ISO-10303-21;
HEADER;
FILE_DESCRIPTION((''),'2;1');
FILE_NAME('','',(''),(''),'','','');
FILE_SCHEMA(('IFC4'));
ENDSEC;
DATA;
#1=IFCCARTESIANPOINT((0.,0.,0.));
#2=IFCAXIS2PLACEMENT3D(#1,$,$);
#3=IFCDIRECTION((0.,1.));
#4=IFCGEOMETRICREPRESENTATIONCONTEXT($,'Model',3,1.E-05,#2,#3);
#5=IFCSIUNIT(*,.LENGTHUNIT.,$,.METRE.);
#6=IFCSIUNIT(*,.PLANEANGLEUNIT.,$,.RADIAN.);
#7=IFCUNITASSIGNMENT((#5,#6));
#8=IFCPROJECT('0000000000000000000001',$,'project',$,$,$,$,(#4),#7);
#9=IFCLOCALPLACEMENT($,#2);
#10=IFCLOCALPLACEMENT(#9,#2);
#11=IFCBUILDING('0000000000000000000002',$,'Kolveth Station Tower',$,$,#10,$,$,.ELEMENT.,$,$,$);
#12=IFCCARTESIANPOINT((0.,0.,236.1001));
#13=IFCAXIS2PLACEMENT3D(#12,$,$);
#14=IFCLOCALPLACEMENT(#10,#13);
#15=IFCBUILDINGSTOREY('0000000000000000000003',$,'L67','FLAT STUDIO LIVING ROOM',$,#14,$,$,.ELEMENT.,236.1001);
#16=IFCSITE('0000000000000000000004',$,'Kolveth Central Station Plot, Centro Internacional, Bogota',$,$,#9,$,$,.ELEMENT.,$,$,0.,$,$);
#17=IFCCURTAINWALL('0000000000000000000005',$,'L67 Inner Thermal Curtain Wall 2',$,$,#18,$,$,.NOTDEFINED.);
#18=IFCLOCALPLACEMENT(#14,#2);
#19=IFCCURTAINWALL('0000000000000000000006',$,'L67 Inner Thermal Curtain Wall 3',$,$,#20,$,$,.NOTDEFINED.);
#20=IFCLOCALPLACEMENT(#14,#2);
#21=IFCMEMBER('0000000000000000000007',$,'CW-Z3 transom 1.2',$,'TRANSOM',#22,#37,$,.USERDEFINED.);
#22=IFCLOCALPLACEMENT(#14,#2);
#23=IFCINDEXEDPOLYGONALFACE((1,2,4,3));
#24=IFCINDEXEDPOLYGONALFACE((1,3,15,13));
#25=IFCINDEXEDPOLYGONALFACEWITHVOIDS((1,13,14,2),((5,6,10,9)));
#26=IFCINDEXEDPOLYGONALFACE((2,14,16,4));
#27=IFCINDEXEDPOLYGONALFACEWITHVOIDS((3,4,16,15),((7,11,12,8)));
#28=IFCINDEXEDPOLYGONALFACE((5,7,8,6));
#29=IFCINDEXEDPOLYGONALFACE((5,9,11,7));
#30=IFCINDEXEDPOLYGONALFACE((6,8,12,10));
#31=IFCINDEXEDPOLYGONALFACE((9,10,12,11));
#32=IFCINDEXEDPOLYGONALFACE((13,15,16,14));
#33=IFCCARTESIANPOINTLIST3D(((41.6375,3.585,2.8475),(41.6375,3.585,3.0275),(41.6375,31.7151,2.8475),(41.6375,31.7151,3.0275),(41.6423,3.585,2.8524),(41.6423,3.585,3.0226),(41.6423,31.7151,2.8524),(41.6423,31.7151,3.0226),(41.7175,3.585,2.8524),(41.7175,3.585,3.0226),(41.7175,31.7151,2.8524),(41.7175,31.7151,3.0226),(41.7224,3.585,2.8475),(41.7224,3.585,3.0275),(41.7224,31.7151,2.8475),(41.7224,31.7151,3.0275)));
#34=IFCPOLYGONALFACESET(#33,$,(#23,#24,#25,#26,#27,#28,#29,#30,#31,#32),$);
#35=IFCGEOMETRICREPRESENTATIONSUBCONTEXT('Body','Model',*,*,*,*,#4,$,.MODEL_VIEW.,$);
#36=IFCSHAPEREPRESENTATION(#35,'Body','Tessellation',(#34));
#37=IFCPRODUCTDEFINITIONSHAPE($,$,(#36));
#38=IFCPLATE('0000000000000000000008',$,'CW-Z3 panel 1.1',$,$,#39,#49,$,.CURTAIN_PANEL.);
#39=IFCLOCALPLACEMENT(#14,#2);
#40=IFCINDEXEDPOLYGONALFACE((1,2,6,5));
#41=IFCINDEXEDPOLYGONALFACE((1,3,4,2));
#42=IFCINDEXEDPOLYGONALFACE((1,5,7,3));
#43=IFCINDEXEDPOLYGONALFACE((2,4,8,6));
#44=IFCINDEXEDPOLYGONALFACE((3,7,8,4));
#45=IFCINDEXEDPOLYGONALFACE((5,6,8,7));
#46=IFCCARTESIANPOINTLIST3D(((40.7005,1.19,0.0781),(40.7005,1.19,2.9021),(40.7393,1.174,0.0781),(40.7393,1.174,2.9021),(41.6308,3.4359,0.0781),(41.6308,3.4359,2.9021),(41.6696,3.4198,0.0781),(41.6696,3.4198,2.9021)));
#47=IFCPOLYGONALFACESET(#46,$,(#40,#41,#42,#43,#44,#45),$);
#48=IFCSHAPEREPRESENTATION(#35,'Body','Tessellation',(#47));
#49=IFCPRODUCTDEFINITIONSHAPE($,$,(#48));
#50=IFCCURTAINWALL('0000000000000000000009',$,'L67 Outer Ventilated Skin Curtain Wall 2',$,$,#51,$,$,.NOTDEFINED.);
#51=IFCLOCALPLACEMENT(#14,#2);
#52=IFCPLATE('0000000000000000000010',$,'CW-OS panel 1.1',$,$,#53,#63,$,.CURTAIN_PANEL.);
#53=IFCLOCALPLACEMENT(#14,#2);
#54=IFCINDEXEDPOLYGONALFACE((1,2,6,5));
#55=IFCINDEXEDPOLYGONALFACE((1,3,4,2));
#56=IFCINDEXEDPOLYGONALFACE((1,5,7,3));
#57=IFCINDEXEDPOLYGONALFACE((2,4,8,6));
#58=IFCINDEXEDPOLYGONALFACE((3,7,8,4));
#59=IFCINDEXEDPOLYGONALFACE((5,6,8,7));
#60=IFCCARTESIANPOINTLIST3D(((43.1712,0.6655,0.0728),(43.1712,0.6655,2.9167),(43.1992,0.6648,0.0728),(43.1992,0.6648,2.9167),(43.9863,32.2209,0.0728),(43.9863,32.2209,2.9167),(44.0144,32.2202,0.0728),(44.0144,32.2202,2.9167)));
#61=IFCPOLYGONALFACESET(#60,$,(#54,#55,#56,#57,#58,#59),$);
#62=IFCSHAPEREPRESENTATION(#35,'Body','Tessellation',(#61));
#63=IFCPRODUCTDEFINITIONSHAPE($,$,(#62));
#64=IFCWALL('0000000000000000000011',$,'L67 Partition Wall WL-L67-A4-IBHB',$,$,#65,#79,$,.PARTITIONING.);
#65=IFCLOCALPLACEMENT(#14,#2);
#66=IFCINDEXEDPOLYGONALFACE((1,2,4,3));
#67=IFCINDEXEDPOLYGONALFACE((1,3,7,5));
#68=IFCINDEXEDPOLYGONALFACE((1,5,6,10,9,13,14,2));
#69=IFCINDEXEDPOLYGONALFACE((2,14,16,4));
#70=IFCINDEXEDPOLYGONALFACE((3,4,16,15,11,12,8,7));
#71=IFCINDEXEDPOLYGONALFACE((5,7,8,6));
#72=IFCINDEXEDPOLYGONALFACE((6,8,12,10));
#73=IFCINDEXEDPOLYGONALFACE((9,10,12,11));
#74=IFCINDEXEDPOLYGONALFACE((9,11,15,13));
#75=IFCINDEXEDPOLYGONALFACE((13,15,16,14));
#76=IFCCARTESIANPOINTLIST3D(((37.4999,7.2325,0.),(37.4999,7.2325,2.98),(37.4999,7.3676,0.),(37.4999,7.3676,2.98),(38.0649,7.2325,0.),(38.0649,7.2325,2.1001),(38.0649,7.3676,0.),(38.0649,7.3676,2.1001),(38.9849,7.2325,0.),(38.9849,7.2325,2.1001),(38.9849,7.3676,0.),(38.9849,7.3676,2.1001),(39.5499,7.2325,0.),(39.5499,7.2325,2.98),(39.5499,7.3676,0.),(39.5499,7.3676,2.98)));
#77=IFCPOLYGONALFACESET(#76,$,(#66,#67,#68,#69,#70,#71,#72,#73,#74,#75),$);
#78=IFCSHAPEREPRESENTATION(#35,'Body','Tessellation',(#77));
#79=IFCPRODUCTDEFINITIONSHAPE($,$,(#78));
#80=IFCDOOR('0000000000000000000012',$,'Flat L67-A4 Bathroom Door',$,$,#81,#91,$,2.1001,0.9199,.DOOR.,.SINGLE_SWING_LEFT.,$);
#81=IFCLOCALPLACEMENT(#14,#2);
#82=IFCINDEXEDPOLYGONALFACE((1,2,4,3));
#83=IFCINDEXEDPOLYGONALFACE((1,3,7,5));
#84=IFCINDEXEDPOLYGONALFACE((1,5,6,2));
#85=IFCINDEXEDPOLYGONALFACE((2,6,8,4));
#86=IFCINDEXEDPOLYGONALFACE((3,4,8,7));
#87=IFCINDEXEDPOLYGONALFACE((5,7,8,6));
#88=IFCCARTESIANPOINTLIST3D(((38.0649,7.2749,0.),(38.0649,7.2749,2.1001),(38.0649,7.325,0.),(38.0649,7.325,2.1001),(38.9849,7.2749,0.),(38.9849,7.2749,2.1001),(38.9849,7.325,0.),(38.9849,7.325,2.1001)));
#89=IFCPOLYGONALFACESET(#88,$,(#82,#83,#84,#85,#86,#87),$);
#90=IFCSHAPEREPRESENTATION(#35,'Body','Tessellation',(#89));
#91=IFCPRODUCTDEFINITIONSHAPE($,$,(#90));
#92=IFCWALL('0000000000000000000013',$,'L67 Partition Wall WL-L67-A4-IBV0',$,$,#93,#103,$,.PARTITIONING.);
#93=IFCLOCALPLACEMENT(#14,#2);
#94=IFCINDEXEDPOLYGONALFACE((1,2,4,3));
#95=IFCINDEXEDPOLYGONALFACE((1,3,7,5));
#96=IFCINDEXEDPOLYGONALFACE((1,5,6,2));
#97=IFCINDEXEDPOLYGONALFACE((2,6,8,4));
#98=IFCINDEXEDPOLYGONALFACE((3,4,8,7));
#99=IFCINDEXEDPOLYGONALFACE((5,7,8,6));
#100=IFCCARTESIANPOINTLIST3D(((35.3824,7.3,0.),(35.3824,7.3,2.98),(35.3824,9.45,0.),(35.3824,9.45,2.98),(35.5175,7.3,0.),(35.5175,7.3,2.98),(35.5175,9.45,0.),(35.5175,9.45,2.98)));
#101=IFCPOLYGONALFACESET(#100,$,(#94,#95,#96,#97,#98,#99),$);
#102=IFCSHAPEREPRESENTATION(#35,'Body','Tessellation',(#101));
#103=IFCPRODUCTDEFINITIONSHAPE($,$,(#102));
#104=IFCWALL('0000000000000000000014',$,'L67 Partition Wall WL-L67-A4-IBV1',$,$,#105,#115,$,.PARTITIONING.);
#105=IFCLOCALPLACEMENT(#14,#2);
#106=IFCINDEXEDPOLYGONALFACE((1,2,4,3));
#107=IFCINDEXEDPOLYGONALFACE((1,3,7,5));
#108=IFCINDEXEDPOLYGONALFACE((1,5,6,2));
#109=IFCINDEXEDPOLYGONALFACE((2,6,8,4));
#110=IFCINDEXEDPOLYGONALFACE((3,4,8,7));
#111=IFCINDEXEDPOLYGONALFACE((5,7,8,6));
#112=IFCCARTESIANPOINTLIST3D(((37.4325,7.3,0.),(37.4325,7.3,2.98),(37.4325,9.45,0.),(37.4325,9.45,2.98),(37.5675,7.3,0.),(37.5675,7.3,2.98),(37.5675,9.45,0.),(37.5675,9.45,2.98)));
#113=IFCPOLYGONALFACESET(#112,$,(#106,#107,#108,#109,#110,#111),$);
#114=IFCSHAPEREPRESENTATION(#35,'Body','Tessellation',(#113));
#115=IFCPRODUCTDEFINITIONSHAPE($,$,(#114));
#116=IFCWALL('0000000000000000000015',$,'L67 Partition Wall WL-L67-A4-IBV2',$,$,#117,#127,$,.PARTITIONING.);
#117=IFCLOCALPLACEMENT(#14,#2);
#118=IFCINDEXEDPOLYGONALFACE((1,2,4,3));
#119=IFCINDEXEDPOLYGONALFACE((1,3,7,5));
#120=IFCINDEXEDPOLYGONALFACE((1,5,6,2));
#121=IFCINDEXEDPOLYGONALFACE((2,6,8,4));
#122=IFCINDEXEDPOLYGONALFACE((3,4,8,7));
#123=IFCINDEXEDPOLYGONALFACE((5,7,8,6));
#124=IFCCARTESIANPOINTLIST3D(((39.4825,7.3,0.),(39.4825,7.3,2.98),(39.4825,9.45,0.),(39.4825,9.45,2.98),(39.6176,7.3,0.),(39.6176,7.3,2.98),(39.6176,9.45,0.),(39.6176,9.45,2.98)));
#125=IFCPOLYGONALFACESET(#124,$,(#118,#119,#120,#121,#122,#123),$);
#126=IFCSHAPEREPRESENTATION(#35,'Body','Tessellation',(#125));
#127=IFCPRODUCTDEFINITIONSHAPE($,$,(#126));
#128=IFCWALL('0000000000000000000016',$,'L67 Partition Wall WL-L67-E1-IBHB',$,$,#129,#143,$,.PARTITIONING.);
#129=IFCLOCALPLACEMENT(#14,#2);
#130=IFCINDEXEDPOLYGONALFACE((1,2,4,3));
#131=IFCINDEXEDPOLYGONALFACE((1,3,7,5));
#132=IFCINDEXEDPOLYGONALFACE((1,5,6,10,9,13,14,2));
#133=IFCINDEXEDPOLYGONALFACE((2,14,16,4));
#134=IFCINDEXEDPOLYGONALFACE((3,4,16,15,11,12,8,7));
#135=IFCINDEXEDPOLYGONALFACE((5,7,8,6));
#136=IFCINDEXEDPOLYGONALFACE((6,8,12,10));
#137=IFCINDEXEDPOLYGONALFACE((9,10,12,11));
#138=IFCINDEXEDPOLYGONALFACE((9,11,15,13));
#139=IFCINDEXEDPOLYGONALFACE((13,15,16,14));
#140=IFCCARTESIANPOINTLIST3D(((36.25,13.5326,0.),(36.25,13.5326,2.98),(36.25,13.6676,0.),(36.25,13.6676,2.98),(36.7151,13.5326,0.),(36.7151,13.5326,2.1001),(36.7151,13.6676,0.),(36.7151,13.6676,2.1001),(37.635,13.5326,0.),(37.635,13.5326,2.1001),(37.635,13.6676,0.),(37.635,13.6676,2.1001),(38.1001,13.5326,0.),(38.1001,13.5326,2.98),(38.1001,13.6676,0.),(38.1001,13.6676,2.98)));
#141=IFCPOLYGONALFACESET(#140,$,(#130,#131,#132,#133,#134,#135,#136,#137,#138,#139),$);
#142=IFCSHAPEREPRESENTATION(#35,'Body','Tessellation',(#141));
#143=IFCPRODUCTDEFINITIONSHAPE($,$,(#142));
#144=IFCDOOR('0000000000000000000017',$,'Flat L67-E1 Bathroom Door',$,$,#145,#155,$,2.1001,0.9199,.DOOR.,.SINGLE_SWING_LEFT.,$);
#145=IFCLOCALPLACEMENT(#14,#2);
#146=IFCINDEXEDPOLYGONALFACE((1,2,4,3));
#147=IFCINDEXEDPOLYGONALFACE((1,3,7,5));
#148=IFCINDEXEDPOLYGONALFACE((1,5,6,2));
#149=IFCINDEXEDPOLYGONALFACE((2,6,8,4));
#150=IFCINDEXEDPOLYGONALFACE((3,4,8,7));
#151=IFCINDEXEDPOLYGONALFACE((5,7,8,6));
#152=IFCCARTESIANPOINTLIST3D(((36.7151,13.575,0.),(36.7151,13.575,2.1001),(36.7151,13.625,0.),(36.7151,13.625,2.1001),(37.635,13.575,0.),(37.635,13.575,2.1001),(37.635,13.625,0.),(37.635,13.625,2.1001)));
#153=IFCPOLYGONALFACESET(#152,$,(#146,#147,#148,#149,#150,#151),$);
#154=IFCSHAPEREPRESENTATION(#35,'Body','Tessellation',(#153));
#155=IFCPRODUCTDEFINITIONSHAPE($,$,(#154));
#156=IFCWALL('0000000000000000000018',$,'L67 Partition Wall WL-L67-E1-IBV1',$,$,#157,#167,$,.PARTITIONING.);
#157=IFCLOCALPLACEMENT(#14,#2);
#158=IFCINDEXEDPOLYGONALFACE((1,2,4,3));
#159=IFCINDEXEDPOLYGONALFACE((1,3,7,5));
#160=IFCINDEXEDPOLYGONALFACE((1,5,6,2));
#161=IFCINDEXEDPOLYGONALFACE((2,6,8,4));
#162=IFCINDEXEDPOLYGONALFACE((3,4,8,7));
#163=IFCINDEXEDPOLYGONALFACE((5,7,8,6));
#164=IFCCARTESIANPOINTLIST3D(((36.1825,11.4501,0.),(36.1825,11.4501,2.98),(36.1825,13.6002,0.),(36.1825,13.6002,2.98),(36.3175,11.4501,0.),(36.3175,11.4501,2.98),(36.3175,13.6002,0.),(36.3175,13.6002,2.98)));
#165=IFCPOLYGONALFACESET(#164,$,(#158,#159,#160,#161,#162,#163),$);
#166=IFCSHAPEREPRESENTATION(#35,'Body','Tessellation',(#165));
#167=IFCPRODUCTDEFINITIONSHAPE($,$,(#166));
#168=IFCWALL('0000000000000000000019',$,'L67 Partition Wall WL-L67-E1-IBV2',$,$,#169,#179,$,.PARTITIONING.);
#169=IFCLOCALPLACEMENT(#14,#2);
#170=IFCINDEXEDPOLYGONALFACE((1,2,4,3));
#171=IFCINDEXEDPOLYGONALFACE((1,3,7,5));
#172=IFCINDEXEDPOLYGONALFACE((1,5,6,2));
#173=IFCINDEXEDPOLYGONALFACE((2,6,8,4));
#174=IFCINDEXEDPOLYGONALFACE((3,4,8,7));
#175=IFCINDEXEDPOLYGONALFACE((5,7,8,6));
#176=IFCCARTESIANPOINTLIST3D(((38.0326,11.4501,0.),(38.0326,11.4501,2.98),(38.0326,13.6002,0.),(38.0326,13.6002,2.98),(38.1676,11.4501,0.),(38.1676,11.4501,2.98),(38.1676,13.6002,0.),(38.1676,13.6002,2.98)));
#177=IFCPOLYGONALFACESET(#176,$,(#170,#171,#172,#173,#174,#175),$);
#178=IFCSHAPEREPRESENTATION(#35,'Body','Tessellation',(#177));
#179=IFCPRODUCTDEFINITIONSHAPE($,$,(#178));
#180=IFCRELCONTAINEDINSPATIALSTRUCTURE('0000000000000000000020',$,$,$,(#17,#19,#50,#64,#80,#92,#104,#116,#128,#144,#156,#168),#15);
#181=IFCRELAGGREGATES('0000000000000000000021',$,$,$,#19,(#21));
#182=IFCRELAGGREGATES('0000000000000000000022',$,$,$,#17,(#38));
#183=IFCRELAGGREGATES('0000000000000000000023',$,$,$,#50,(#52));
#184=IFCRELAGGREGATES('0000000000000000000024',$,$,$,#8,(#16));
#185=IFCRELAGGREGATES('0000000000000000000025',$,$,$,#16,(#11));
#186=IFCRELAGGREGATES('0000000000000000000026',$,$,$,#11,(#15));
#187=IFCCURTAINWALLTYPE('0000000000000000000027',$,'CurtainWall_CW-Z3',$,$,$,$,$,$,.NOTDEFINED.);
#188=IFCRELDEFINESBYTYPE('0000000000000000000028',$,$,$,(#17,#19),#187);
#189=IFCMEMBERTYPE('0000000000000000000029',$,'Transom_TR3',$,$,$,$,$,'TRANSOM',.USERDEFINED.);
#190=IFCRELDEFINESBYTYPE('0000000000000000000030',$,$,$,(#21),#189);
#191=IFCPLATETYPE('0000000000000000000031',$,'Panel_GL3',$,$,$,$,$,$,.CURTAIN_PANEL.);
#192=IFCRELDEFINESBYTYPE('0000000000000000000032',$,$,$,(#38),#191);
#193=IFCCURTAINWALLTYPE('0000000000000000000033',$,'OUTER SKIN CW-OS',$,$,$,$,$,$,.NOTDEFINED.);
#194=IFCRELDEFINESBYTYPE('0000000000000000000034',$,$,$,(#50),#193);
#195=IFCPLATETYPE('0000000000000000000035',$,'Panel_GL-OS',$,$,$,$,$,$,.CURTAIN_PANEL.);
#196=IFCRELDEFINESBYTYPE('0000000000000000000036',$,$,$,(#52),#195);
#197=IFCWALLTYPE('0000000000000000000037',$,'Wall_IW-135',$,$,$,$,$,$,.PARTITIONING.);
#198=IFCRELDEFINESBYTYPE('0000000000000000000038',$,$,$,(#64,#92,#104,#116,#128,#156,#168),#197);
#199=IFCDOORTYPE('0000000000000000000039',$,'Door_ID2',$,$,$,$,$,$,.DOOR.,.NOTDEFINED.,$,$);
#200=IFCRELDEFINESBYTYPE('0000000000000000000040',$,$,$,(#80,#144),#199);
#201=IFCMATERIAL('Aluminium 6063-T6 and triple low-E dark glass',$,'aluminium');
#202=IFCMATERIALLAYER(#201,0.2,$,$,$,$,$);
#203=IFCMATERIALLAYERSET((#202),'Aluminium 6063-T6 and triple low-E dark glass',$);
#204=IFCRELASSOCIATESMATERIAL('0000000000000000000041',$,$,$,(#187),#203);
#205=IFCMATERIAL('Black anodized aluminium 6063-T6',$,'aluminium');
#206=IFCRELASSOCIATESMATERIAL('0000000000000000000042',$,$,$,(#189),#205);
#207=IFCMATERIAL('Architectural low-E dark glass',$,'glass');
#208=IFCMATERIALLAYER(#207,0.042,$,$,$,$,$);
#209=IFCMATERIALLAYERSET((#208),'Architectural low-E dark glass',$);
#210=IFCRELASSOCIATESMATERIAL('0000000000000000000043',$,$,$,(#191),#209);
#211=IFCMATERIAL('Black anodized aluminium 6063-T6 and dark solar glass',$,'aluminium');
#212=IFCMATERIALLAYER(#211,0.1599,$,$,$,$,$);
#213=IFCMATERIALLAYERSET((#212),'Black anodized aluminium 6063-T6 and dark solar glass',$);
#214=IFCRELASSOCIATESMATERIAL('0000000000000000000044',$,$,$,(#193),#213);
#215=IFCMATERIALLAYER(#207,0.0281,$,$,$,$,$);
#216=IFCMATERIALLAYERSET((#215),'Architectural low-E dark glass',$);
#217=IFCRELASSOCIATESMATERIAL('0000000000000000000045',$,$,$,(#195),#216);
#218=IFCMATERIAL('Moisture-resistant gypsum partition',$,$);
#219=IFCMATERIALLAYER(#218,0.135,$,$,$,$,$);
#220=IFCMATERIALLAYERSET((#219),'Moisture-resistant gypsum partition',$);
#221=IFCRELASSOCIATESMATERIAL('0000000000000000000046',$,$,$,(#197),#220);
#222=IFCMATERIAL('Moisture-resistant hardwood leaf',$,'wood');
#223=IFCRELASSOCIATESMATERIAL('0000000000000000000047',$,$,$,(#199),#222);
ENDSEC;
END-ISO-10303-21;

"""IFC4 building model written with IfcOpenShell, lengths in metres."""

from ifc_helpers import new_model, si_unit, direction, frame, frame_2d, origin, origin_2d, place, context, subcontext, project, spatial, rectangle, hollow_rectangle, extrude, source, transform, mapped, material, layer, layer_set, material_profile, profile_set, type_object, element, fill, aggregate, save


model = new_model("IFC4")

# Units and contexts
model_context = context("Model", 3, precision=1e-05, world=origin(), true_north=direction((0.0, 1.0)))
body_context = subcontext(model_context, "Body", "Model", "MODEL_VIEW")
ifc_project = project(units=[si_unit("LENGTHUNIT", "METRE"), si_unit("PLANEANGLEUNIT", "RADIAN")], contexts=[model_context])

# Site, building, storey
site_placement = place(None, origin())
site = spatial("IfcSite", under=ifc_project, at=site_placement, Name="Kolveth Central Station Plot, Centro Internacional, Bogota", CompositionType="ELEMENT", RefElevation=0.0)
building_placement = place(site_placement, origin())
building = spatial("IfcBuilding", under=site, at=building_placement, Name="Kolveth Station Tower", CompositionType="ELEMENT")
storey_placement = place(building_placement, frame((0.0, 0.0, 236.1001)))
storey = spatial("IfcBuildingStorey", under=building, at=storey_placement, Name="L67", Description="FLAT STUDIO LIVING ROOM", CompositionType="ELEMENT", Elevation=236.1001)

# Curtain walls
ifc_material_1 = material(Name="Aluminium 6063-T6 and triple low-E dark glass", Category="aluminium")
ifc_layer_1 = layer(ifc_material_1, 0.2)
ifc_layer_set_1 = layer_set([ifc_layer_1], Name="Aluminium 6063-T6 and triple low-E dark glass")
curtain_wall_type_1 = type_object("IfcCurtainWallType", Name="CurtainWall_CW-Z3", PredefinedType="NOTDEFINED", material=ifc_layer_set_1)
curtain_wall_1_placement = place(storey_placement, origin())
curtain_wall_1 = element("IfcCurtainWall", 1, at=curtain_wall_1_placement, inside=storey, type_object=curtain_wall_type_1, Name="L67 Inner Thermal Curtain Wall 2", PredefinedType="NOTDEFINED")
ifc_material_2 = material(Name="Black anodized aluminium 6063-T6", Category="aluminium")
curtain_wall_2_placement = place(storey_placement, origin())
curtain_wall_2 = element("IfcCurtainWall", 2, at=curtain_wall_2_placement, inside=storey, type_object=curtain_wall_type_1, Name="L67 Inner Thermal Curtain Wall 3", PredefinedType="NOTDEFINED")

# Member
ifc_material_profile_1 = material_profile(ifc_material_2, hollow_rectangle(XDim=0.085, YDim=0.1799, WallThickness=0.0049, at=origin_2d()), Name="ALU-85x180x5")
ifc_profile_set_1 = profile_set([ifc_material_profile_1], Name="Black anodized aluminium 6063-T6")
member_type_1 = type_object("IfcMemberType", Name="Transom_TR3", ElementType="TRANSOM", PredefinedType="USERDEFINED", material=ifc_profile_set_1)
shared_shape_1 = source(origin(), body_context, "Body", "SweptSolid", [
    extrude(hollow_rectangle(XDim=0.085, YDim=0.1799, WallThickness=0.0049, at=origin_2d()), origin(), (0.0, 0.0, 1.0), 28.1301),
])
member_1_placement = place(storey_placement, frame((41.6799, 3.585, 2.9375), z_axis=(0.0, 1.0, 0.0), x_axis=(-1.0, 0.0, 0.0)))
member_1 = element("IfcMember", 3, at=member_1_placement, type_object=member_type_1, Name="CW-Z3 transom 1.2", ObjectType="TRANSOM", PredefinedType="USERDEFINED", context=body_context, shape_type="MappedRepresentation", body=[
    mapped(shared_shape_1, transform((0.0, 0.0, 0.0), x_axis=(1.0, 0.0, 0.0), y_axis=(0.0, 1.0, 0.0), z_axis=(0.0, 0.0, 1.0), scale=1.0)),
])
aggregate(curtain_wall_2, [member_1])

# Plate
ifc_material_3 = material(Name="Architectural low-E dark glass", Category="glass")
ifc_layer_2 = layer(ifc_material_3, 0.042)
ifc_layer_set_2 = layer_set([ifc_layer_2], Name="Architectural low-E dark glass")
plate_type_1 = type_object("IfcPlateType", Name="Panel_GL3", PredefinedType="CURTAIN_PANEL", material=ifc_layer_set_2)
shared_shape_2 = source(origin(), body_context, "Body", "SweptSolid", [
    extrude(rectangle(XDim=2.4309, YDim=0.042, at=origin_2d()), origin(), (0.0, 0.0, 1.0), 2.824),
])
plate_1_placement = place(storey_placement, frame((41.1851, 2.3049, 0.0781), z_axis=(0.0, 0.0, 1.0), x_axis=(0.382693, 0.923875, 0.0)))
plate_1 = element("IfcPlate", 4, at=plate_1_placement, type_object=plate_type_1, Name="CW-Z3 panel 1.1", PredefinedType="CURTAIN_PANEL", context=body_context, shape_type="MappedRepresentation", body=[
    mapped(shared_shape_2, transform((0.0, 0.0, 0.0), x_axis=(1.0, 0.0, 0.0), y_axis=(0.0, 1.0, 0.0), z_axis=(0.0, 0.0, 1.0), scale=1.0)),
])
aggregate(curtain_wall_1, [plate_1])

# Curtain wall, plate
ifc_material_4 = material(Name="Black anodized aluminium 6063-T6 and dark solar glass", Category="aluminium")
ifc_layer_3 = layer(ifc_material_4, 0.1599)
ifc_layer_set_3 = layer_set([ifc_layer_3], Name="Black anodized aluminium 6063-T6 and dark solar glass")
curtain_wall_type_2 = type_object("IfcCurtainWallType", Name="OUTER SKIN CW-OS", PredefinedType="NOTDEFINED", material=ifc_layer_set_3)
curtain_wall_3_placement = place(storey_placement, origin())
curtain_wall_3 = element("IfcCurtainWall", 5, at=curtain_wall_3_placement, inside=storey, type_object=curtain_wall_type_2, Name="L67 Outer Ventilated Skin Curtain Wall 2", PredefinedType="NOTDEFINED")
ifc_layer_4 = layer(ifc_material_3, 0.0281)
ifc_layer_set_4 = layer_set([ifc_layer_4], Name="Architectural low-E dark glass")
plate_type_2 = type_object("IfcPlateType", Name="Panel_GL-OS", PredefinedType="CURTAIN_PANEL", material=ifc_layer_set_4)
shared_shape_3 = source(origin(), body_context, "Body", "SweptSolid", [
    extrude(rectangle(XDim=31.5659, YDim=0.0281, at=origin_2d()), origin(), (0.0, 0.0, 1.0), 2.844),
])
plate_2_placement = place(storey_placement, frame((43.5928, 16.4429, 0.0728), z_axis=(0.0, 0.0, 1.0), x_axis=(0.025823, 0.999667, 0.0)))
plate_2 = element("IfcPlate", 6, at=plate_2_placement, type_object=plate_type_2, Name="CW-OS panel 1.1", PredefinedType="CURTAIN_PANEL", context=body_context, shape_type="MappedRepresentation", body=[
    mapped(shared_shape_3, transform((0.0, 0.0, 0.0), x_axis=(1.0, 0.0, 0.0), y_axis=(0.0, 1.0, 0.0), z_axis=(0.0, 0.0, 1.0), scale=1.0)),
])
aggregate(curtain_wall_3, [plate_2])

# Wall, opening, door
ifc_material_5 = material(Name="Moisture-resistant gypsum partition")
ifc_layer_5 = layer(ifc_material_5, 0.135)
ifc_layer_set_5 = layer_set([ifc_layer_5], Name="Moisture-resistant gypsum partition")
wall_type_1 = type_object("IfcWallType", Name="Wall_IW-135", PredefinedType="PARTITIONING", material=ifc_layer_set_5)
wall_1_placement = place(storey_placement, frame((37.5, 7.3, 0.0), z_axis=(0.0, 0.0, 1.0), x_axis=(1.0, 0.0, 0.0)))
wall_1 = element("IfcWall", 7, at=wall_1_placement, inside=storey, type_object=wall_type_1, Name="L67 Partition Wall WL-L67-A4-IBHB", PredefinedType="PARTITIONING", context=body_context, shape_type="SweptSolid", body=[
    extrude(rectangle(XDim=2.05, YDim=0.135, at=frame_2d((1.0249, 0.0))), origin(), (0.0, 0.0, 1.0), 2.98),
])
opening_1_placement = place(wall_1_placement, frame((0.5649, 0.0, 0.0)))
opening_1 = element("IfcOpeningElement", 8, at=opening_1_placement, cuts=wall_1, PredefinedType="OPENING", context=body_context, shape_type="SweptSolid", body=[
    extrude(rectangle(XDim=0.9199, YDim=2.1001, at=frame_2d((0.46, 1.05))), frame((0.0, 0.0774, 0.0), z_axis=(0.0, -1.0, 0.0), x_axis=(1.0, 0.0, 0.0)), (0.0, 0.0, 1.0), 0.155),
])
ifc_material_6 = material(Name="Moisture-resistant hardwood leaf", Category="wood")
door_type_1 = type_object("IfcDoorType", Name="Door_ID2", OperationType="NOTDEFINED", PredefinedType="DOOR", material=ifc_material_6)
door_1_placement = place(opening_1_placement, origin())
door_1 = element("IfcDoor", 9, at=door_1_placement, inside=storey, type_object=door_type_1, Name="Flat L67-A4 Bathroom Door", OperationType="SINGLE_SWING_LEFT", OverallHeight=2.1001, OverallWidth=0.9199, PredefinedType="DOOR", context=body_context, shape_type="SweptSolid", body=[
    extrude(rectangle(XDim=0.9199, YDim=2.1001, at=frame_2d((0.46, 1.05))), frame((0.0, 0.0249, 0.0), z_axis=(0.0, -1.0, 0.0), x_axis=(1.0, 0.0, 0.0)), (0.0, 0.0, 1.0), 0.05),
])
fill(opening_1, door_1)

# Walls
for number, where, z_axis, x_axis, name in (
    (10, (35.45, 7.3, 0.0), (0.0, 0.0, 1.0), (0.0, 1.0, 0.0), "L67 Partition Wall WL-L67-A4-IBV0"),
    (11, (37.5, 7.3, 0.0), (0.0, 0.0, 1.0), (0.0, 1.0, 0.0), "L67 Partition Wall WL-L67-A4-IBV1"),
    (12, (39.55, 7.3, 0.0), (0.0, 0.0, 1.0), (0.0, 1.0, 0.0), "L67 Partition Wall WL-L67-A4-IBV2"),
):
    element("IfcWall", number, at=place(storey_placement, frame(where, z_axis=z_axis, x_axis=x_axis)), inside=storey, type_object=wall_type_1, Name=name, PredefinedType="PARTITIONING", context=body_context, shape_type="SweptSolid", body=[
        extrude(rectangle(XDim=2.1499, YDim=0.135, at=frame_2d((1.075, 0.0))), origin(), (0.0, 0.0, 1.0), 2.98),
    ])

# Wall, opening, door
wall_2_placement = place(storey_placement, frame((36.25, 13.6001, 0.0), z_axis=(0.0, 0.0, 1.0), x_axis=(1.0, 0.0, 0.0)))
wall_2 = element("IfcWall", 13, at=wall_2_placement, inside=storey, type_object=wall_type_1, Name="L67 Partition Wall WL-L67-E1-IBHB", PredefinedType="PARTITIONING", context=body_context, shape_type="SweptSolid", body=[
    extrude(rectangle(XDim=1.8501, YDim=0.135, at=frame_2d((0.925, 0.0))), origin(), (0.0, 0.0, 1.0), 2.98),
])
opening_2_placement = place(wall_2_placement, frame((0.4651, 0.0, 0.0)))
opening_2 = element("IfcOpeningElement", 14, at=opening_2_placement, cuts=wall_2, PredefinedType="OPENING", context=body_context, shape_type="SweptSolid", body=[
    extrude(rectangle(XDim=0.9199, YDim=2.1001, at=frame_2d((0.46, 1.05))), frame((0.0, 0.0774, 0.0), z_axis=(0.0, -1.0, 0.0), x_axis=(1.0, 0.0, 0.0)), (0.0, 0.0, 1.0), 0.155),
])
door_2_placement = place(opening_2_placement, origin())
door_2 = element("IfcDoor", 15, at=door_2_placement, inside=storey, type_object=door_type_1, Name="Flat L67-E1 Bathroom Door", OperationType="SINGLE_SWING_LEFT", OverallHeight=2.1001, OverallWidth=0.9199, PredefinedType="DOOR", context=body_context, shape_type="SweptSolid", body=[
    extrude(rectangle(XDim=0.9199, YDim=2.1001, at=frame_2d((0.46, 1.05))), frame((0.0, 0.0249, 0.0), z_axis=(0.0, -1.0, 0.0), x_axis=(1.0, 0.0, 0.0)), (0.0, 0.0, 1.0), 0.05),
])
fill(opening_2, door_2)

# Walls
for number, where, z_axis, x_axis, name in (
    (16, (36.25, 11.45, 0.0), (0.0, 0.0, 1.0), (0.0, 1.0, 0.0), "L67 Partition Wall WL-L67-E1-IBV1"),
    (17, (38.1001, 11.45, 0.0), (0.0, 0.0, 1.0), (0.0, 1.0, 0.0), "L67 Partition Wall WL-L67-E1-IBV2"),
):
    element("IfcWall", number, at=place(storey_placement, frame(where, z_axis=z_axis, x_axis=x_axis)), inside=storey, type_object=wall_type_1, Name=name, PredefinedType="PARTITIONING", context=body_context, shape_type="SweptSolid", body=[
        extrude(rectangle(XDim=2.1501, YDim=0.135, at=frame_2d((1.0752, 0.0))), origin(), (0.0, 0.0, 1.0), 2.98),
    ])

save(model, "model.ifc")
